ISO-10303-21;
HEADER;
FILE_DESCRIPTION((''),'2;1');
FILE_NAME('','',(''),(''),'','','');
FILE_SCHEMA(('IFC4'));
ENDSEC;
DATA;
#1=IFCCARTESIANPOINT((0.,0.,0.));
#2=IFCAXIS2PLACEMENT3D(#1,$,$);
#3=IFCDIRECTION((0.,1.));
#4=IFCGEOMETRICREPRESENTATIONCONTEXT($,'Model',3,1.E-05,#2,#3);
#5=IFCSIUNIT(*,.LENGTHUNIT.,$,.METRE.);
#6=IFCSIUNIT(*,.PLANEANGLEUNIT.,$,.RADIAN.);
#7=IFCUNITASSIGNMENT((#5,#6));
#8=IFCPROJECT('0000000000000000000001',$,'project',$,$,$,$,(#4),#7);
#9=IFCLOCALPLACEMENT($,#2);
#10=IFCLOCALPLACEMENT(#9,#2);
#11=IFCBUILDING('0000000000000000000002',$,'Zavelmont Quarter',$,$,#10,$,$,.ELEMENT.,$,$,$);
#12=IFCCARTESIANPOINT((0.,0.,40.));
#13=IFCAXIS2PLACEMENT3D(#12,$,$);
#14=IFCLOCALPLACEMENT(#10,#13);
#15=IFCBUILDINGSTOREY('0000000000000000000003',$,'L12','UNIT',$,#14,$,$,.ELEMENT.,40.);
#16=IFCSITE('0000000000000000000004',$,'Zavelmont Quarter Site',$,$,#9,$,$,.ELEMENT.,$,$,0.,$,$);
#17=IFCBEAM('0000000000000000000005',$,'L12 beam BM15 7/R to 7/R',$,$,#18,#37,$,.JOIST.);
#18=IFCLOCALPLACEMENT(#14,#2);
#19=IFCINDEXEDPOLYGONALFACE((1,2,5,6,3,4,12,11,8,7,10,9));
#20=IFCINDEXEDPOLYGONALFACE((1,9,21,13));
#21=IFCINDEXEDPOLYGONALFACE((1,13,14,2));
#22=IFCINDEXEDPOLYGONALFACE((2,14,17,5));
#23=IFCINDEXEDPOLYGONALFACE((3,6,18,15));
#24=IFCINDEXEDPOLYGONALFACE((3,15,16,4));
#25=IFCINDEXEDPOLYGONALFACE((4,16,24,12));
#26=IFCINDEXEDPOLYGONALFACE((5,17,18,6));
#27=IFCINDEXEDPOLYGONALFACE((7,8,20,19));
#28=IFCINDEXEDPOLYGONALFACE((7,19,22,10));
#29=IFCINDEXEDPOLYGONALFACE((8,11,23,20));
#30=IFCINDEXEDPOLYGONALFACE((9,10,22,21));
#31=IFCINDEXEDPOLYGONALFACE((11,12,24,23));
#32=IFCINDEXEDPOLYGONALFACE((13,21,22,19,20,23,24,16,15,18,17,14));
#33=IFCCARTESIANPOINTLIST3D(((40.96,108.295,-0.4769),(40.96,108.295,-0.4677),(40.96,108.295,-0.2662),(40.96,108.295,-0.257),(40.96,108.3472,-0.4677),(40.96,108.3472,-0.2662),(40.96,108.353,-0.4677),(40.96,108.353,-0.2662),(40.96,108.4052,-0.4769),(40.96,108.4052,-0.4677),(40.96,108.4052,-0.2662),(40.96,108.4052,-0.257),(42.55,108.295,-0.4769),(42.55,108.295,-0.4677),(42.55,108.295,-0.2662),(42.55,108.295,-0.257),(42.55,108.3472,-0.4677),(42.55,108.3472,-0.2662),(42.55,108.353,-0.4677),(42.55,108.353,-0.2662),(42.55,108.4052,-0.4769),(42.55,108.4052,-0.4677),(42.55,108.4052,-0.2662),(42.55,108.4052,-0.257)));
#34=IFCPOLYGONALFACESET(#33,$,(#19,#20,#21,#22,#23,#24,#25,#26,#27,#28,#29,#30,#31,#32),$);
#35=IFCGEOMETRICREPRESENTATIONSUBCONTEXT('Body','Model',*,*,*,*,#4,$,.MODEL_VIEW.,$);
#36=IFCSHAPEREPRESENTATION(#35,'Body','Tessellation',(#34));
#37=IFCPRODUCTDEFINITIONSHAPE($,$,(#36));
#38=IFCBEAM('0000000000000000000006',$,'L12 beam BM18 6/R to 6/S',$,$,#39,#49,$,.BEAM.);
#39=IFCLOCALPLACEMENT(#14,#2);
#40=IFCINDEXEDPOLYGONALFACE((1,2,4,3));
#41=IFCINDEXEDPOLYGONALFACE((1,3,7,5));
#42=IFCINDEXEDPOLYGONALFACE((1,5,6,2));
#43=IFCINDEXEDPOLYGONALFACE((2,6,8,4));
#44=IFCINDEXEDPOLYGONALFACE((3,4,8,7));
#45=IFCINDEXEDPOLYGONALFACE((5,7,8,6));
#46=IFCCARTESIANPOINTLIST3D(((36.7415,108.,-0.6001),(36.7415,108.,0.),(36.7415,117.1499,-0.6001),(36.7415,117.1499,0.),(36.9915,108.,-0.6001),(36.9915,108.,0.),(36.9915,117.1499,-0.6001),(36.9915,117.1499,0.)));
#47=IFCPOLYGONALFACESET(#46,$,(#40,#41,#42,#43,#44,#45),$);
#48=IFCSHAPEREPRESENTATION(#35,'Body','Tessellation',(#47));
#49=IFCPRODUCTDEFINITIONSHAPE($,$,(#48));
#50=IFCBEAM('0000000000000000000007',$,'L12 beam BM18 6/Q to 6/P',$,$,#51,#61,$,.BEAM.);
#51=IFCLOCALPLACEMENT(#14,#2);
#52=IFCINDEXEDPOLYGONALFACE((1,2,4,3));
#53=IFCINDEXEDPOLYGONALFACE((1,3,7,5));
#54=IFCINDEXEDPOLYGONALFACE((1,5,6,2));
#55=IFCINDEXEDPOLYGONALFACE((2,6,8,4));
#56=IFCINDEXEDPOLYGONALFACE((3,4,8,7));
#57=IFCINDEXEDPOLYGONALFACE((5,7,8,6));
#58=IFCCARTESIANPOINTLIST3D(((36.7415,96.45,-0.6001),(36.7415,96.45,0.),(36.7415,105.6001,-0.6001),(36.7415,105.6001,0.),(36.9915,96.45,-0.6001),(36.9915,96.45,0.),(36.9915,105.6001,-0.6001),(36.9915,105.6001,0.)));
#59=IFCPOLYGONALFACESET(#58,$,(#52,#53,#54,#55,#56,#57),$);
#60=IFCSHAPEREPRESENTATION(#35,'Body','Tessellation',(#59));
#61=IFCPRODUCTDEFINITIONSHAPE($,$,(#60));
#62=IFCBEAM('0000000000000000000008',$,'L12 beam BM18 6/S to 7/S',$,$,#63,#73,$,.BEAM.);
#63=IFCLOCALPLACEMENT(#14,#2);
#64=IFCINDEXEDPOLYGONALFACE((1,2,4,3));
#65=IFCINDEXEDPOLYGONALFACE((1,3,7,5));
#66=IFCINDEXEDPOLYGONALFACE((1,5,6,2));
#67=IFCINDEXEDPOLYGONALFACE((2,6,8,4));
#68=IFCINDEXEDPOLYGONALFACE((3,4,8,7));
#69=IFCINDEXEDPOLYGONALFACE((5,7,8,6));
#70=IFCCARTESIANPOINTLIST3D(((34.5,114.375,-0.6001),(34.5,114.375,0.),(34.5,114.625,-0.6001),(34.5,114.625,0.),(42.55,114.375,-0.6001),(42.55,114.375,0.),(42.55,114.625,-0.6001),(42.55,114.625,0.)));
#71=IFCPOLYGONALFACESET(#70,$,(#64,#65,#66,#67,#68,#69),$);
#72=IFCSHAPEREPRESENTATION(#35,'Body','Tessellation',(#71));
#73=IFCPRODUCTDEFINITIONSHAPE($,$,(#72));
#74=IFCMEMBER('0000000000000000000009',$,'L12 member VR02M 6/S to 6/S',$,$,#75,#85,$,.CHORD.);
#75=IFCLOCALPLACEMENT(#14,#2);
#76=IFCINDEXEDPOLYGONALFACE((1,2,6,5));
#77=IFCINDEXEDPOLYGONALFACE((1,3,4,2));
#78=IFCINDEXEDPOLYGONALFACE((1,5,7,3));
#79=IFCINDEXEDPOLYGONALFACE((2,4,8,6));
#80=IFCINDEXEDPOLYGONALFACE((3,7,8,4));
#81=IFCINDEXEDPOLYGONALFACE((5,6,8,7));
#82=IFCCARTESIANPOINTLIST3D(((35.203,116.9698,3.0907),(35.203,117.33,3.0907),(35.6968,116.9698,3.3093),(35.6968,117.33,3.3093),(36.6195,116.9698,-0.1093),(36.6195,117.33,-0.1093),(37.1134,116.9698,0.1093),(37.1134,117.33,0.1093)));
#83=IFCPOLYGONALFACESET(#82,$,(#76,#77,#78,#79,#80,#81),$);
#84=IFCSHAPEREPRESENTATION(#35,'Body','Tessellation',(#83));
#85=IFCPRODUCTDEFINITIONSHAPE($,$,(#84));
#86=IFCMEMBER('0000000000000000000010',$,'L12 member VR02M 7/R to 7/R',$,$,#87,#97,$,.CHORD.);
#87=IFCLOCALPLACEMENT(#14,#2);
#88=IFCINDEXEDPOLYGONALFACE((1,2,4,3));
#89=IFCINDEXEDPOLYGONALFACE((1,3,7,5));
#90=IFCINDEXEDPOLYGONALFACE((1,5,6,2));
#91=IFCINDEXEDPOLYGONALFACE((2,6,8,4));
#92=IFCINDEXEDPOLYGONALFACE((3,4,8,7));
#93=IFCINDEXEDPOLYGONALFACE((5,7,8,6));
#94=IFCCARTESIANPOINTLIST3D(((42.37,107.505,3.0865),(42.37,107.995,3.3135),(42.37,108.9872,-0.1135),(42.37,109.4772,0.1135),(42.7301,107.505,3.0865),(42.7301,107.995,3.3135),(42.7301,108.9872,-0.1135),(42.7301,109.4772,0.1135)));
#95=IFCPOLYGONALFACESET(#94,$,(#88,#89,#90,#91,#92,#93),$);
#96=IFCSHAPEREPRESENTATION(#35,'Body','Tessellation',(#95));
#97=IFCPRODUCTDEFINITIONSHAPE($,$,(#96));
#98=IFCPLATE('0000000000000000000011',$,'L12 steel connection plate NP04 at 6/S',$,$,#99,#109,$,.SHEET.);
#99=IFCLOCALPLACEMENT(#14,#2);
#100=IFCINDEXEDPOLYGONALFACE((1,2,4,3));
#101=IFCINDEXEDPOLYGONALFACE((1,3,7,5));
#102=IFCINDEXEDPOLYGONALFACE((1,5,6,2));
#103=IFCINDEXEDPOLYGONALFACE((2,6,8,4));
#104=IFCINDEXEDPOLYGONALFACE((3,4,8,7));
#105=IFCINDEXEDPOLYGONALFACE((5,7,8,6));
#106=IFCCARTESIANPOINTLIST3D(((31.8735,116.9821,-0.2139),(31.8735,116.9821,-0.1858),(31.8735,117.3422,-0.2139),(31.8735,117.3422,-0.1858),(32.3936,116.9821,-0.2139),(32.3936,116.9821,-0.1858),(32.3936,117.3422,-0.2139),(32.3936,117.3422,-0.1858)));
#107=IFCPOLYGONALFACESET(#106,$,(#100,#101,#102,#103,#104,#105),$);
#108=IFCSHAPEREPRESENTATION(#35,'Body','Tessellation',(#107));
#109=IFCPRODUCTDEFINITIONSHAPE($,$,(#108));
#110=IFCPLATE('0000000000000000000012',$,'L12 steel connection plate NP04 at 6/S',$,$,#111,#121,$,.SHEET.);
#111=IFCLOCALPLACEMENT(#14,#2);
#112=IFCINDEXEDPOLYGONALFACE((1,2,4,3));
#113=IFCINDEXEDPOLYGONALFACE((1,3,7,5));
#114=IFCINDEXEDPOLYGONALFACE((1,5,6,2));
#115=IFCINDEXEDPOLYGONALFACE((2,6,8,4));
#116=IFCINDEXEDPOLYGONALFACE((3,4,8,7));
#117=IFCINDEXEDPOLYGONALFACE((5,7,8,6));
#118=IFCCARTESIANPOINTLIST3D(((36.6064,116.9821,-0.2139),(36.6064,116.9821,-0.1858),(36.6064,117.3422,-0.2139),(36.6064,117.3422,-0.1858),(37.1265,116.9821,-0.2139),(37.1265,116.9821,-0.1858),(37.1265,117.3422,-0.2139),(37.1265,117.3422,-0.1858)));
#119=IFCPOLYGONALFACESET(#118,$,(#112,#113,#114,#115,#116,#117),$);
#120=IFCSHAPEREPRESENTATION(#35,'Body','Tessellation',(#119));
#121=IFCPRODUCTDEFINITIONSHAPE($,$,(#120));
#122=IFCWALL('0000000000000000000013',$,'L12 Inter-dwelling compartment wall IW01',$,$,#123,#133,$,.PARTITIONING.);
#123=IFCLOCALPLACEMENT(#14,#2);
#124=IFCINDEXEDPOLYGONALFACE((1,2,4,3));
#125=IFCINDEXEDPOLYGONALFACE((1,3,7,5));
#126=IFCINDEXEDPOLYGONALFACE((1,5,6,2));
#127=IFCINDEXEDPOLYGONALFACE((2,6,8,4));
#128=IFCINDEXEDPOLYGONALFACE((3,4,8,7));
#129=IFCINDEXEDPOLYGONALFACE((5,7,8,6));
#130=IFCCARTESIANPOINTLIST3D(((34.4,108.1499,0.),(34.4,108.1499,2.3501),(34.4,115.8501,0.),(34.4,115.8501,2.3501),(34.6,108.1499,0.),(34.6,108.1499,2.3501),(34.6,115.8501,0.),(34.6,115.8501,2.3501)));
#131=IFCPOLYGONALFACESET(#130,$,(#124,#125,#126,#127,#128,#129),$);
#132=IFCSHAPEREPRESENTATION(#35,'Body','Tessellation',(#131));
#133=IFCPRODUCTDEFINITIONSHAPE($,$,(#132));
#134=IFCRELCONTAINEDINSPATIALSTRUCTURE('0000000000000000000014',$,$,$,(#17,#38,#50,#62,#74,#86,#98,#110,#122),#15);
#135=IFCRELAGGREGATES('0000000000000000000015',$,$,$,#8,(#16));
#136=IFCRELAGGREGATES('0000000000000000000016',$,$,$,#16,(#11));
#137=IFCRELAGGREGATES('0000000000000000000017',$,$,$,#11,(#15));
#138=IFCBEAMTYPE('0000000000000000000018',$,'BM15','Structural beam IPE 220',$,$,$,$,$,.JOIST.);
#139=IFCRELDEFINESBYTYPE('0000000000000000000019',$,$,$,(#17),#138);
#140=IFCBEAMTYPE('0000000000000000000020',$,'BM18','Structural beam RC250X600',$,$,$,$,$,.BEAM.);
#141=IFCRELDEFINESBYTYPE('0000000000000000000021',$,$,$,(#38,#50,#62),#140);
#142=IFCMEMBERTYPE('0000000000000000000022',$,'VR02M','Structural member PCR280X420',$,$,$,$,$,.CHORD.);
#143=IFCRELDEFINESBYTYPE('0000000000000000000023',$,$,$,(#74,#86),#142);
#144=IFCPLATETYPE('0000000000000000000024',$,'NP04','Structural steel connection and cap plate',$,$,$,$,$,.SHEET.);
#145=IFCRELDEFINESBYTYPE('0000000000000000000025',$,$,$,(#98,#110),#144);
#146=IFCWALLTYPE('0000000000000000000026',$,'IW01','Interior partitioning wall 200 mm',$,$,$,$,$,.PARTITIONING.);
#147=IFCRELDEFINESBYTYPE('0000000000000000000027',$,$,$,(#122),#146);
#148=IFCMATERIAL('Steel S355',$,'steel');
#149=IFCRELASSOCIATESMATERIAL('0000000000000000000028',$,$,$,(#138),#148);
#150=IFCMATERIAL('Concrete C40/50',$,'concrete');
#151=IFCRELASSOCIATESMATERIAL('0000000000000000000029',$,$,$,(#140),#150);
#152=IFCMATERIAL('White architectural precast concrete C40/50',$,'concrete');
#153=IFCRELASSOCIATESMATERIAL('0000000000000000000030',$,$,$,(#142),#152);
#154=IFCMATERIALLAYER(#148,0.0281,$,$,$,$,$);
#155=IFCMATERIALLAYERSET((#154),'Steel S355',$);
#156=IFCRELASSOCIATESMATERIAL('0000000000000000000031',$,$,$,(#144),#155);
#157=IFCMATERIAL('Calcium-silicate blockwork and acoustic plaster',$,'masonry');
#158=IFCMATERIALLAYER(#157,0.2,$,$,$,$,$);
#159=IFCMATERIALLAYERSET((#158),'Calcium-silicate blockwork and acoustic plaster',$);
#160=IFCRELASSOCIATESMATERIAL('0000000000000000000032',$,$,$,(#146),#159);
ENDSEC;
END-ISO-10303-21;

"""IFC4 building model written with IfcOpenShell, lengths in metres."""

from ifc_helpers import new_model, si_unit, direction, frame, frame_2d, origin, origin_2d, place, context, subcontext, project, spatial, rectangle, i_section, extrude, material, layer, layer_set, material_profile, profile_set, type_object, element, save


model = new_model("IFC4")

# Units and contexts
model_context = context("Model", 3, precision=1e-05, world=origin(), true_north=direction((0.0, 1.0)))
body_context = subcontext(model_context, "Body", "Model", "MODEL_VIEW")
ifc_project = project(units=[si_unit("LENGTHUNIT", "METRE"), si_unit("PLANEANGLEUNIT", "RADIAN")], contexts=[model_context])

# Site, building, storey
site_placement = place(None, origin())
site = spatial("IfcSite", under=ifc_project, at=site_placement, Name="Zavelmont Quarter Site", CompositionType="ELEMENT", RefElevation=0.0)
building_placement = place(site_placement, origin())
building = spatial("IfcBuilding", under=site, at=building_placement, Name="Zavelmont Quarter", CompositionType="ELEMENT")
storey_placement = place(building_placement, frame((0.0, 0.0, 40.0)))
storey = spatial("IfcBuildingStorey", under=building, at=storey_placement, Name="L12", Description="UNIT", CompositionType="ELEMENT", Elevation=40.0)

# Beams
ifc_material_1 = material(Name="Steel S355", Category="steel")
ifc_material_profile_1 = material_profile(ifc_material_1, i_section(OverallWidth=0.1101, OverallDepth=0.22, WebThickness=0.0059, FlangeThickness=0.0093, at=origin_2d()), Name="IPE 220")
ifc_profile_set_1 = profile_set([ifc_material_profile_1], Name="Steel S355")
beam_type_1 = type_object("IfcBeamType", Name="BM15", Description="Structural beam IPE 220", PredefinedType="JOIST", material=ifc_profile_set_1)
beam_1_placement = place(storey_placement, frame((40.96, 108.3501, -0.3669), z_axis=(1.0, 0.0, 0.0), x_axis=(0.0, 1.0, 0.0)))
element("IfcBeam", 1, at=beam_1_placement, inside=storey, type_object=beam_type_1, Name="L12 beam BM15 7/R to 7/R", PredefinedType="JOIST", context=body_context, shape_type="SweptSolid", body=[
    extrude(i_section(OverallWidth=0.1101, OverallDepth=0.22, WebThickness=0.0059, FlangeThickness=0.0093, at=origin_2d()), origin(), (0.0, 0.0, 1.0), 1.5901),
])
ifc_material_2 = material(Name="Concrete C40/50", Category="concrete")
ifc_material_profile_2 = material_profile(ifc_material_2, rectangle(XDim=0.25, YDim=0.6001, at=origin_2d()), Name="RC250X600")
ifc_profile_set_2 = profile_set([ifc_material_profile_2], Name="Concrete C40/50")
beam_type_2 = type_object("IfcBeamType", Name="BM18", Description="Structural beam RC250X600", PredefinedType="BEAM", material=ifc_profile_set_2)
beam_2_placement = place(storey_placement, frame((36.8665, 108.0, -0.3), z_axis=(0.0, 1.0, 0.0), x_axis=(-1.0, 0.0, 0.0)))
element("IfcBeam", 2, at=beam_2_placement, inside=storey, type_object=beam_type_2, Name="L12 beam BM18 6/R to 6/S", PredefinedType="BEAM", context=body_context, shape_type="SweptSolid", body=[
    extrude(rectangle(XDim=0.25, YDim=0.6001, at=origin_2d()), origin(), (0.0, 0.0, 1.0), 9.1499),
])
beam_3_placement = place(storey_placement, frame((36.8665, 105.6001, -0.3), z_axis=(0.0, -1.0, 0.0), x_axis=(1.0, 0.0, 0.0)))
element("IfcBeam", 3, at=beam_3_placement, inside=storey, type_object=beam_type_2, Name="L12 beam BM18 6/Q to 6/P", PredefinedType="BEAM", context=body_context, shape_type="SweptSolid", body=[
    extrude(rectangle(XDim=0.25, YDim=0.6001, at=origin_2d()), origin(), (0.0, 0.0, 1.0), 9.1501),
])
beam_4_placement = place(storey_placement, frame((34.5, 114.5, -0.3), z_axis=(1.0, 0.0, 0.0), x_axis=(0.0, 1.0, 0.0)))
element("IfcBeam", 4, at=beam_4_placement, inside=storey, type_object=beam_type_2, Name="L12 beam BM18 6/S to 7/S", PredefinedType="BEAM", context=body_context, shape_type="SweptSolid", body=[
    extrude(rectangle(XDim=0.25, YDim=0.6001, at=origin_2d()), origin(), (0.0, 0.0, 1.0), 8.05),
])

# Members
ifc_material_3 = material(Name="White architectural precast concrete C40/50", Category="concrete")
ifc_material_profile_3 = material_profile(ifc_material_3, rectangle(XDim=0.3601, YDim=0.54, at=origin_2d()), Name="PCR280X420")
ifc_profile_set_3 = profile_set([ifc_material_profile_3], Name="White architectural precast concrete C40/50")
member_type = type_object("IfcMemberType", Name="VR02M", Description="Structural member PCR280X420", PredefinedType="CHORD", material=ifc_profile_set_3)
member_1_placement = place(storey_placement, frame((36.8665, 117.1499, 0.0), z_axis=(-0.404779, 0.0, 0.914415), x_axis=(0.0, -1.0, 0.0)))
element("IfcMember", 5, at=member_1_placement, inside=storey, type_object=member_type, Name="L12 member VR02M 6/S to 6/S", PredefinedType="CHORD", context=body_context, shape_type="SweptSolid", body=[
    extrude(rectangle(XDim=0.3601, YDim=0.54, at=origin_2d()), origin(), (0.0, 0.0, 1.0), 3.4995),
])
member_2_placement = place(storey_placement, frame((42.55, 109.2322, 0.0), z_axis=(0.0, -0.420291, 0.907389), x_axis=(1.0, 0.0, 0.0)))
element("IfcMember", 6, at=member_2_placement, inside=storey, type_object=member_type, Name="L12 member VR02M 7/R to 7/R", PredefinedType="CHORD", context=body_context, shape_type="SweptSolid", body=[
    extrude(rectangle(XDim=0.3601, YDim=0.54, at=origin_2d()), origin(), (0.0, 0.0, 1.0), 3.5266),
])

# Plates
ifc_layer_1 = layer(ifc_material_1, 0.0281)
ifc_layer_set_1 = layer_set([ifc_layer_1], Name="Steel S355")
plate_type = type_object("IfcPlateType", Name="NP04", Description="Structural steel connection and cap plate", PredefinedType="SHEET", material=ifc_layer_set_1)
for number, where, z_axis, x_axis, name in (
    (7, (32.1335, 117.1621, -0.2139), (0.0, 0.0, 1.0), (1.0, 0.0, 0.0), "L12 steel connection plate NP04 at 6/S"),
    (8, (36.8665, 117.1621, -0.2139), (0.0, 0.0, 1.0), (1.0, 0.0, 0.0), "L12 steel connection plate NP04 at 6/S"),
):
    element("IfcPlate", number, at=place(storey_placement, frame(where, z_axis=z_axis, x_axis=x_axis)), inside=storey, type_object=plate_type, Name=name, PredefinedType="SHEET", context=body_context, shape_type="SweptSolid", body=[
        extrude(rectangle(XDim=0.52, YDim=0.3601, at=origin_2d()), origin(), (0.0, 0.0, 1.0), 0.0281),
    ])

# Wall
ifc_material_4 = material(Name="Calcium-silicate blockwork and acoustic plaster", Category="masonry")
ifc_layer_2 = layer(ifc_material_4, 0.2)
ifc_layer_set_2 = layer_set([ifc_layer_2], Name="Calcium-silicate blockwork and acoustic plaster")
wall_type_1 = type_object("IfcWallType", Name="IW01", Description="Interior partitioning wall 200 mm", PredefinedType="PARTITIONING", material=ifc_layer_set_2)
wall_1_placement = place(storey_placement, frame((34.5, 108.1499, 0.0), z_axis=(0.0, 0.0, 1.0), x_axis=(0.0, 1.0, 0.0)))
element("IfcWall", 9, at=wall_1_placement, inside=storey, type_object=wall_type_1, Name="L12 Inter-dwelling compartment wall IW01", PredefinedType="PARTITIONING", context=body_context, shape_type="SweptSolid", body=[
    extrude(rectangle(XDim=7.7002, YDim=0.2, at=frame_2d((3.8501, 0.0))), origin(), (0.0, 0.0, 1.0), 2.3501),
])

save(model, "model.ifc")
